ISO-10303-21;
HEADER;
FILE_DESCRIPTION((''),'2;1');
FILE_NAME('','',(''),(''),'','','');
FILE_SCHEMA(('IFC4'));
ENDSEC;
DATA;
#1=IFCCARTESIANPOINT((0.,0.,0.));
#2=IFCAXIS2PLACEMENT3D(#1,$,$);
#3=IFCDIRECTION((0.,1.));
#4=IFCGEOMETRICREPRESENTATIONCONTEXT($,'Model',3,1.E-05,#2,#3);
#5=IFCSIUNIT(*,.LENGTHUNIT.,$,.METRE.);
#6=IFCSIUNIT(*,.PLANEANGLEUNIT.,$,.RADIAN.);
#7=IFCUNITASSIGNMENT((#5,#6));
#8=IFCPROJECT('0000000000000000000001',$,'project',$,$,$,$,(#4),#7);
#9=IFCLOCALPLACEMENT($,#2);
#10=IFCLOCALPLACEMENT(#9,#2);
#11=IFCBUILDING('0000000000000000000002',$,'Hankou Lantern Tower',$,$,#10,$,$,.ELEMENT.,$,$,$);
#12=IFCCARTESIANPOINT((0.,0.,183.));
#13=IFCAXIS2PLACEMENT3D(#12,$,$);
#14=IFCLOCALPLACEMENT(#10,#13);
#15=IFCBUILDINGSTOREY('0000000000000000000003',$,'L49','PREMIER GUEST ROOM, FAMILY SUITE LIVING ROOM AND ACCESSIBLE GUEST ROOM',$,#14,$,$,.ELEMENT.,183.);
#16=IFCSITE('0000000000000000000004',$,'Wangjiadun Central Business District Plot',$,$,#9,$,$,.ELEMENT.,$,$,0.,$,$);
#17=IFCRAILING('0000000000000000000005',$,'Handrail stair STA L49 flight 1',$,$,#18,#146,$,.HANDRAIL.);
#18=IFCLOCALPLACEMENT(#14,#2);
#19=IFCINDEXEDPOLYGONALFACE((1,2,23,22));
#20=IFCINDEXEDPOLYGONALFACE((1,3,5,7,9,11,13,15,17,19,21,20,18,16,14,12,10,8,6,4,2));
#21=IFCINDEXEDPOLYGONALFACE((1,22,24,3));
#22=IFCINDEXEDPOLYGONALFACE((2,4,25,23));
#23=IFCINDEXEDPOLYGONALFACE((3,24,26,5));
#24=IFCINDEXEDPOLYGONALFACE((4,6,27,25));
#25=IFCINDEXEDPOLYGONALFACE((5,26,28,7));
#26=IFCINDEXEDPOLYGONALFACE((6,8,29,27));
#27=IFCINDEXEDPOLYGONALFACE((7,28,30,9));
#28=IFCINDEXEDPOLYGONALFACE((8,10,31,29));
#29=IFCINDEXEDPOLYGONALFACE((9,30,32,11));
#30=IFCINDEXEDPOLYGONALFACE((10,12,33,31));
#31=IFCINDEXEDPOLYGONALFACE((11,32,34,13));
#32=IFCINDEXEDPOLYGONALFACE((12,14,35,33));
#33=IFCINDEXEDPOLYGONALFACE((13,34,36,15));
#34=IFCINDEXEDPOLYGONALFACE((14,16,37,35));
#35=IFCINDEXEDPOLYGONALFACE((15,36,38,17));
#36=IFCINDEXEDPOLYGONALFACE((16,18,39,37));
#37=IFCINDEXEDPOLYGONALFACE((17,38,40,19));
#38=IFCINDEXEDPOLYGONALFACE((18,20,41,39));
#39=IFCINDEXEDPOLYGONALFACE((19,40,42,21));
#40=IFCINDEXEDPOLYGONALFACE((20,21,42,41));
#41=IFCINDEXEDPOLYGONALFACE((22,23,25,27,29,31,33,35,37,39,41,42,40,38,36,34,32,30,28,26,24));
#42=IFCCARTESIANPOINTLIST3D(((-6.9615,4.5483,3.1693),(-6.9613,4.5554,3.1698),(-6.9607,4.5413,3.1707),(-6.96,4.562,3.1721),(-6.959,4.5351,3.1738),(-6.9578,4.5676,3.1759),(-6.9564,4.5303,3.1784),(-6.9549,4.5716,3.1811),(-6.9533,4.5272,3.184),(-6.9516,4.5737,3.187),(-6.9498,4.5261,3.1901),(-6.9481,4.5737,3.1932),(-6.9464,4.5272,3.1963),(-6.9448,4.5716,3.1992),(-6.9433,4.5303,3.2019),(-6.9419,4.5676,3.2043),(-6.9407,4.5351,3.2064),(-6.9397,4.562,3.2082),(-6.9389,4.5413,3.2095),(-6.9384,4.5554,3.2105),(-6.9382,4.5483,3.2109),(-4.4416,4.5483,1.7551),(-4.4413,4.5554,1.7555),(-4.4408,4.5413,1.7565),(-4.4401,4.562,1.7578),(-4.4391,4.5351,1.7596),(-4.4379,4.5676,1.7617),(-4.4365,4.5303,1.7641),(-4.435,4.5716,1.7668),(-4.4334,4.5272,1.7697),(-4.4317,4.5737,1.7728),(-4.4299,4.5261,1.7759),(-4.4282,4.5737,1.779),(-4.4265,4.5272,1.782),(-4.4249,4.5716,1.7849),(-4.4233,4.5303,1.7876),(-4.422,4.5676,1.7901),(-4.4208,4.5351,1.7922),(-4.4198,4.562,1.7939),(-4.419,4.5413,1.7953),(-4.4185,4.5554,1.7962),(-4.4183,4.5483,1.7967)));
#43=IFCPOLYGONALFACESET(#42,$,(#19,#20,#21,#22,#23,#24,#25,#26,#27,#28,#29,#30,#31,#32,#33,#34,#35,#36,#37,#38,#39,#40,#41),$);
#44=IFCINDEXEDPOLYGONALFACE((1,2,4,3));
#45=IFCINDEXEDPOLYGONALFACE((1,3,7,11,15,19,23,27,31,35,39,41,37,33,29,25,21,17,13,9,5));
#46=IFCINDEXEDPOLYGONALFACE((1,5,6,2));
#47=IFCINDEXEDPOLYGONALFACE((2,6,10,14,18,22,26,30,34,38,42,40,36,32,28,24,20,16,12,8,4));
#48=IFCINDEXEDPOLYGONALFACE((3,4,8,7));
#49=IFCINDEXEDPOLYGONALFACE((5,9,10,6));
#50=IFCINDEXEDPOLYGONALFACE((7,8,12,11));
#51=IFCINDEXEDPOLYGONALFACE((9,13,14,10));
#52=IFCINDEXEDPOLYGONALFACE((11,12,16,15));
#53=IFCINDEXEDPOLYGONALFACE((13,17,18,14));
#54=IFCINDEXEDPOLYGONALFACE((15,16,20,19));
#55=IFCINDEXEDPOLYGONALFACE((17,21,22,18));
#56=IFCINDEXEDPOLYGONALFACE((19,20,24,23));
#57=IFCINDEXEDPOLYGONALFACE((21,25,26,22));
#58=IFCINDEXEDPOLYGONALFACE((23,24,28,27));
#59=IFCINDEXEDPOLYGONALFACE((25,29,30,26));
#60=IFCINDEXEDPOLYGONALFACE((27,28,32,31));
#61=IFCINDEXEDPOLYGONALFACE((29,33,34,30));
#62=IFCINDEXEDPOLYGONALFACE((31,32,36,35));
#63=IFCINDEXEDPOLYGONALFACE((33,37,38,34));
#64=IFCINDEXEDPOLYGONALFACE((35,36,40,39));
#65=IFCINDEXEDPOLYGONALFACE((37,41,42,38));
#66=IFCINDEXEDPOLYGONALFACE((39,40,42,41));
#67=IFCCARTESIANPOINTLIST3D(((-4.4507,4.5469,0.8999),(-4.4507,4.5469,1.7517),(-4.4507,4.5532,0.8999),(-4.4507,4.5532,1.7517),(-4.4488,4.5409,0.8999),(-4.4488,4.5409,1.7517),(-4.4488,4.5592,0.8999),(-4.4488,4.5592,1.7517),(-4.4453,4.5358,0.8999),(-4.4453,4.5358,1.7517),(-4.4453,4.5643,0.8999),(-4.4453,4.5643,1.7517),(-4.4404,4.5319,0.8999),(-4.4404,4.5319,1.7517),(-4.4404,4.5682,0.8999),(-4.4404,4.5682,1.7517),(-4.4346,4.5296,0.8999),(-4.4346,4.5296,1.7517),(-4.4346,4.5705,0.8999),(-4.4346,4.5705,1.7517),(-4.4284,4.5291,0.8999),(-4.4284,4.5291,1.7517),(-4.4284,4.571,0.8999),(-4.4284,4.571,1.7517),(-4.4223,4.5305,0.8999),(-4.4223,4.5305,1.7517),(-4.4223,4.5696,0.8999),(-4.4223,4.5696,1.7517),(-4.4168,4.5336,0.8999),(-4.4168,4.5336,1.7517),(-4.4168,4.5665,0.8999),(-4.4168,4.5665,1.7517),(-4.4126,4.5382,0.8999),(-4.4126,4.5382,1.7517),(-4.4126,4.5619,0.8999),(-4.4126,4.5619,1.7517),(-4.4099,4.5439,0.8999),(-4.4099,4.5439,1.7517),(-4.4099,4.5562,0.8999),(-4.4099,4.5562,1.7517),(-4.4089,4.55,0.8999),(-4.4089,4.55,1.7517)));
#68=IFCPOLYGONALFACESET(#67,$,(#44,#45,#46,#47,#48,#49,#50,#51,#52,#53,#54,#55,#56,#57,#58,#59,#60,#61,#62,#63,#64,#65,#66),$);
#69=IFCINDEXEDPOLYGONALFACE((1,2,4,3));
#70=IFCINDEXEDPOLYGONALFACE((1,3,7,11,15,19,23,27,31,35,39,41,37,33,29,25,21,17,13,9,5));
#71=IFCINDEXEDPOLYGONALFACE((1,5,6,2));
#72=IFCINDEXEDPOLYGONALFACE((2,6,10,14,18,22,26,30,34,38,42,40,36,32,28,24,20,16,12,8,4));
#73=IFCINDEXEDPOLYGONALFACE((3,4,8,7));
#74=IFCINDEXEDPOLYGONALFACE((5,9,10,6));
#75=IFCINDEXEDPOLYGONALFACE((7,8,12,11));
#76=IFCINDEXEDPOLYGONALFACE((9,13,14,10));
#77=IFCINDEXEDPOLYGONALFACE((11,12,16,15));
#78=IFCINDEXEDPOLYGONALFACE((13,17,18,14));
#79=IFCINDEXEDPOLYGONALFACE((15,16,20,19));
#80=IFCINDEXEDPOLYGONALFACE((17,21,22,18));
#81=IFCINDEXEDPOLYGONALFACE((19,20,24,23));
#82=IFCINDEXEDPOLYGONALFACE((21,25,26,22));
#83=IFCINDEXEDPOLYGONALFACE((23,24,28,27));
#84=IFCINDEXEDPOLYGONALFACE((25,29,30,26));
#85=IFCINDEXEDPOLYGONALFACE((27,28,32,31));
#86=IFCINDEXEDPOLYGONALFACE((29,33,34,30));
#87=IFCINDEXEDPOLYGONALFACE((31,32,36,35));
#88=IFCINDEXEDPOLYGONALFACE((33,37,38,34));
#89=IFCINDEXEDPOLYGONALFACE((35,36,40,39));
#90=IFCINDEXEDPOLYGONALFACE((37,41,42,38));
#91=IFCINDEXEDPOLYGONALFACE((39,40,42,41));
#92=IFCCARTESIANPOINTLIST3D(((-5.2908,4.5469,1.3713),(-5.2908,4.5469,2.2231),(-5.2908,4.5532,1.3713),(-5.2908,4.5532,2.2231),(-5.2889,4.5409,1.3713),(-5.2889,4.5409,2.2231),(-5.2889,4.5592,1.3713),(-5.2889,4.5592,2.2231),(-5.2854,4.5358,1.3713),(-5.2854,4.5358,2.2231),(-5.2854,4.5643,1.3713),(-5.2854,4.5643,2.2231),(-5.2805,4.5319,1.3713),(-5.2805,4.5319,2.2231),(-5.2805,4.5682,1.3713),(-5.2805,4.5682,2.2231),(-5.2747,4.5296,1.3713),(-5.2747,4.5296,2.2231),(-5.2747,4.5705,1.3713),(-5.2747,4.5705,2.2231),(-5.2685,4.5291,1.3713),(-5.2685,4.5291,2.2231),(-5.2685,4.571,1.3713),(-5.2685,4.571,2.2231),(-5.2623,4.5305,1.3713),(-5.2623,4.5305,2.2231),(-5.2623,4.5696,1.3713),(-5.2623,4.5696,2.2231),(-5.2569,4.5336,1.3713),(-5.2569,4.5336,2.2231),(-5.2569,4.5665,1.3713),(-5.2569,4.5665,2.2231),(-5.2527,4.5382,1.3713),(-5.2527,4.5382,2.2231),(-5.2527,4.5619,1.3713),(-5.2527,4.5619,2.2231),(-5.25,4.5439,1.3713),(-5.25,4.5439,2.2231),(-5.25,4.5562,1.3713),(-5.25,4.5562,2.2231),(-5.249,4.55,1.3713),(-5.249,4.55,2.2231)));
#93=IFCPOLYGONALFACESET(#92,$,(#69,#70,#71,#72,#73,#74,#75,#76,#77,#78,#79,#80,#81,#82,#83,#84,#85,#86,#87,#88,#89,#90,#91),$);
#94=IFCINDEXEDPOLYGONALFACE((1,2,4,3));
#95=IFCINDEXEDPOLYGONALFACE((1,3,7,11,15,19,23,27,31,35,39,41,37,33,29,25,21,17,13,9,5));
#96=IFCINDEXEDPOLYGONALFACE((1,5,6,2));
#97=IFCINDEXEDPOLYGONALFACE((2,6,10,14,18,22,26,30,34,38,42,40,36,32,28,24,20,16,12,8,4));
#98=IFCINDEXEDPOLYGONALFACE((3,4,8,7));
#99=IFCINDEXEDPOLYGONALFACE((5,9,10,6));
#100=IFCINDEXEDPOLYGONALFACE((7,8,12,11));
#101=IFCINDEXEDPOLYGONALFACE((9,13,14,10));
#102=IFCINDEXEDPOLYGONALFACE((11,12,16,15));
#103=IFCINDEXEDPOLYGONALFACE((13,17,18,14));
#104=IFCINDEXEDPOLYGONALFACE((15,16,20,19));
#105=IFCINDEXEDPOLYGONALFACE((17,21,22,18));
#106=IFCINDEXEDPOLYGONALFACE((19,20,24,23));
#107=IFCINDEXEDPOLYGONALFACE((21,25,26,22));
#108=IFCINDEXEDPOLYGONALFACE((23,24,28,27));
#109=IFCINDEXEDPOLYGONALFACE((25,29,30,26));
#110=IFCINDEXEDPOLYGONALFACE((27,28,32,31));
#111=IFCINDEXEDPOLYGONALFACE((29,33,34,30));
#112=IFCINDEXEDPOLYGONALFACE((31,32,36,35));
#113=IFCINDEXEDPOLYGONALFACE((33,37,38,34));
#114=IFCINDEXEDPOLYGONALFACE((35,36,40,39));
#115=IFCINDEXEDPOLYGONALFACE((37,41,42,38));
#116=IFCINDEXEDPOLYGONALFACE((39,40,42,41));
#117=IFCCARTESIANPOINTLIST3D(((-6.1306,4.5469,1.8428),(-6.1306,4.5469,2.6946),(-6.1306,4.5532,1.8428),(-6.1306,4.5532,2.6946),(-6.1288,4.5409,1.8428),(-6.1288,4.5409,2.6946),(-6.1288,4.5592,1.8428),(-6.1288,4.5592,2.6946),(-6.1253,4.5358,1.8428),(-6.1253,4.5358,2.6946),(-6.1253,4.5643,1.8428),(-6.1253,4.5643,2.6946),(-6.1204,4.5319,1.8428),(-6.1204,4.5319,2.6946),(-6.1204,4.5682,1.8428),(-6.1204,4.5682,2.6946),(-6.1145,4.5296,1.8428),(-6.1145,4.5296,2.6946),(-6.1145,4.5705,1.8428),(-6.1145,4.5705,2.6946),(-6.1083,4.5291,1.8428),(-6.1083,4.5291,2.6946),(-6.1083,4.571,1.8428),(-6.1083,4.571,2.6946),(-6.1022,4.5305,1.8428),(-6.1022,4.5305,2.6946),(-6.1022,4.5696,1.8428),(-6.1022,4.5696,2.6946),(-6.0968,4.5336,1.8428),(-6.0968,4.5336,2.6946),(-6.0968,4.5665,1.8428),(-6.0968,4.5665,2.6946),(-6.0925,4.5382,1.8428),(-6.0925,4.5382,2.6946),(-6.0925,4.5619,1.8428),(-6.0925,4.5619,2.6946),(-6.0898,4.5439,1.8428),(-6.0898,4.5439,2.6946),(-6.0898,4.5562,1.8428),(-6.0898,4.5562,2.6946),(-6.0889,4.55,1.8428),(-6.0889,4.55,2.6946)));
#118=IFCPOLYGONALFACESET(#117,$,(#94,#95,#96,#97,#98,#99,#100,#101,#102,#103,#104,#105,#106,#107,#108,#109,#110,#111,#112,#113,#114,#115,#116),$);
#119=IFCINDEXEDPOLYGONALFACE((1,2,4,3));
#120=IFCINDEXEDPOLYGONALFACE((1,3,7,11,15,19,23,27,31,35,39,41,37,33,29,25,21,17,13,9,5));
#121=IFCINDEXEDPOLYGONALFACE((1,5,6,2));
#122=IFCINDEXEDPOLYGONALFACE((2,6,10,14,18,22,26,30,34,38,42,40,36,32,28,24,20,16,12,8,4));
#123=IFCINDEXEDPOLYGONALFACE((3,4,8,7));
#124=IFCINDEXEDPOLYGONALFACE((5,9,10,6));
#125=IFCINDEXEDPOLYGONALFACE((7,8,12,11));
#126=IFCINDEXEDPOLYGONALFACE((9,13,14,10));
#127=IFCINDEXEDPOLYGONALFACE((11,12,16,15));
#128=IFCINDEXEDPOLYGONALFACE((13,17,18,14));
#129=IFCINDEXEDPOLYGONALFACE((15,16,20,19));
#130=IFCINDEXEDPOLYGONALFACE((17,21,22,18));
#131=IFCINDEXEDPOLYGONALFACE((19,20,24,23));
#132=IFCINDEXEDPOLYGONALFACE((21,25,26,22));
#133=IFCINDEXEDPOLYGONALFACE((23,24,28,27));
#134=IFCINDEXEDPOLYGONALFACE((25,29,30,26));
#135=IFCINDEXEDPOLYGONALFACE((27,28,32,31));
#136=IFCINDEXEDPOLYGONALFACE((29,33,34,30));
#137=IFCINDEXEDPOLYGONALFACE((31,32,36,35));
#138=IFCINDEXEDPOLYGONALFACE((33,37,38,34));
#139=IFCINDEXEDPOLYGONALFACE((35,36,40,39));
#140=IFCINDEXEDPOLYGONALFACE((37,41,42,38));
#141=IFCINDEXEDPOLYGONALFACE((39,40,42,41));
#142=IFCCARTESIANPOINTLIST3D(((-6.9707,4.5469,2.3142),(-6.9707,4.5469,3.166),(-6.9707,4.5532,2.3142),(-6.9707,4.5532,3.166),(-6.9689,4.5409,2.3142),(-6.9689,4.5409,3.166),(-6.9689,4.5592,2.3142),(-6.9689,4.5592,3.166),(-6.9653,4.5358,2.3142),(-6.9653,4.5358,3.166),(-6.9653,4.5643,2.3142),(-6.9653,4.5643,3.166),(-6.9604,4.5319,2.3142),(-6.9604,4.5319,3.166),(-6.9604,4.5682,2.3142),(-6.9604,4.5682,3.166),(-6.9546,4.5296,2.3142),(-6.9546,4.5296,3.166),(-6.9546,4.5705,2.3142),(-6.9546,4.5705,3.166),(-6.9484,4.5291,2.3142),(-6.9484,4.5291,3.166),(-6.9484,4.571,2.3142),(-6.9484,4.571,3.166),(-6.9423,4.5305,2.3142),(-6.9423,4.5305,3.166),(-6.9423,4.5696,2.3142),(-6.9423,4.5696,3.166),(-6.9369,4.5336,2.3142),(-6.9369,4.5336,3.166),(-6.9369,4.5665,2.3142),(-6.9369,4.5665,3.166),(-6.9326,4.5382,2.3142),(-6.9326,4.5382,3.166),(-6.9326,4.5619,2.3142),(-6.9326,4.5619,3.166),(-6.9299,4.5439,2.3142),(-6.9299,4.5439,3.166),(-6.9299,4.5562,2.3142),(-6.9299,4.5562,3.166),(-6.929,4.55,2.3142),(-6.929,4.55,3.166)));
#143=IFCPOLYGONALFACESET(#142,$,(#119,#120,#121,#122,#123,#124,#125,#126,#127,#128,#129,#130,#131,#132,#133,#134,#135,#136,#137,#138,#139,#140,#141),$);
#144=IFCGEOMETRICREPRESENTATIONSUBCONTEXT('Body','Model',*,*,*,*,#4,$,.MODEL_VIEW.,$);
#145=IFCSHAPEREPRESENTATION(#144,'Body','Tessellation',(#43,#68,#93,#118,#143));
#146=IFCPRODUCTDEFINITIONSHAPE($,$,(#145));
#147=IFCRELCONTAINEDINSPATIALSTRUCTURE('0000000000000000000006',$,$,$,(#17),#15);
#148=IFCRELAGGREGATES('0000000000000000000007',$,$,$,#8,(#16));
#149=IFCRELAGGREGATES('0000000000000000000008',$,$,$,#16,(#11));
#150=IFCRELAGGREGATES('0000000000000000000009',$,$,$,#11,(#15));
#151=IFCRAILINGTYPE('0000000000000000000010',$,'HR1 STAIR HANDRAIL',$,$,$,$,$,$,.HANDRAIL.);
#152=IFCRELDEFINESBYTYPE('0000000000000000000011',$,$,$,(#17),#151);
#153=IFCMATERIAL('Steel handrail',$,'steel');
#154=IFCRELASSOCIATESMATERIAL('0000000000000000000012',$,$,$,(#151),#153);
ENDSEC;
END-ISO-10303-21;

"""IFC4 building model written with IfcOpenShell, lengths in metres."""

from ifc_helpers import new_model, si_unit, direction, frame, origin, origin_2d, place, context, subcontext, project, spatial, circle, extrude, material, type_object, element, save


model = new_model("IFC4")

# Units and contexts
model_context = context("Model", 3, precision=1e-05, world=origin(), true_north=direction((0.0, 1.0)))
body_context = subcontext(model_context, "Body", "Model", "MODEL_VIEW")
ifc_project = project(units=[si_unit("LENGTHUNIT", "METRE"), si_unit("PLANEANGLEUNIT", "RADIAN")], contexts=[model_context])

# Site, building, storey
site_placement = place(None, origin())
site = spatial("IfcSite", under=ifc_project, at=site_placement, Name="Wangjiadun Central Business District Plot", CompositionType="ELEMENT", RefElevation=0.0)
building_placement = place(site_placement, origin())
building = spatial("IfcBuilding", under=site, at=building_placement, Name="Hankou Lantern Tower", CompositionType="ELEMENT")
storey_placement = place(building_placement, frame((0.0, 0.0, 183.0)))
storey = spatial("IfcBuildingStorey", under=building, at=storey_placement, Name="L49", Description="PREMIER GUEST ROOM, FAMILY SUITE LIVING ROOM AND ACCESSIBLE GUEST ROOM", CompositionType="ELEMENT", Elevation=183.0)

# Railing
ifc_material_1 = material(Name="Steel handrail", Category="steel")
railing_type = type_object("IfcRailingType", Name="HR1 STAIR HANDRAIL", PredefinedType="HANDRAIL", material=ifc_material_1)
railing_1_placement = place(storey_placement, frame((-4.4299, 4.55, 0.8999)))
element("IfcRailing", 1, at=railing_1_placement, inside=storey, type_object=railing_type, Name="Handrail stair STA L49 flight 1", PredefinedType="HANDRAIL", context=body_context, shape_type="SweptSolid", body=[
    extrude(circle(Radius=0.0239, at=origin_2d()), frame((0.0, 0.0, 0.876), z_axis=(-0.872049, 0.0, 0.489419), x_axis=(0.0, -1.0, 0.0)), (0.0, 0.0, 1.0), 2.8896),
    extrude(circle(Radius=0.021, at=origin_2d()), origin(), (0.0, 0.0, 1.0), 0.8518),
    extrude(circle(Radius=0.021, at=origin_2d()), frame((-0.8401, 0.0, 0.4714)), (0.0, 0.0, 1.0), 0.8518),
    extrude(circle(Radius=0.021, at=origin_2d()), frame((-1.6799, 0.0, 0.9429)), (0.0, 0.0, 1.0), 0.8518),
    extrude(circle(Radius=0.021, at=origin_2d()), frame((-2.52, 0.0, 1.4143)), (0.0, 0.0, 1.0), 0.8518),
])

save(model, "model.ifc")
